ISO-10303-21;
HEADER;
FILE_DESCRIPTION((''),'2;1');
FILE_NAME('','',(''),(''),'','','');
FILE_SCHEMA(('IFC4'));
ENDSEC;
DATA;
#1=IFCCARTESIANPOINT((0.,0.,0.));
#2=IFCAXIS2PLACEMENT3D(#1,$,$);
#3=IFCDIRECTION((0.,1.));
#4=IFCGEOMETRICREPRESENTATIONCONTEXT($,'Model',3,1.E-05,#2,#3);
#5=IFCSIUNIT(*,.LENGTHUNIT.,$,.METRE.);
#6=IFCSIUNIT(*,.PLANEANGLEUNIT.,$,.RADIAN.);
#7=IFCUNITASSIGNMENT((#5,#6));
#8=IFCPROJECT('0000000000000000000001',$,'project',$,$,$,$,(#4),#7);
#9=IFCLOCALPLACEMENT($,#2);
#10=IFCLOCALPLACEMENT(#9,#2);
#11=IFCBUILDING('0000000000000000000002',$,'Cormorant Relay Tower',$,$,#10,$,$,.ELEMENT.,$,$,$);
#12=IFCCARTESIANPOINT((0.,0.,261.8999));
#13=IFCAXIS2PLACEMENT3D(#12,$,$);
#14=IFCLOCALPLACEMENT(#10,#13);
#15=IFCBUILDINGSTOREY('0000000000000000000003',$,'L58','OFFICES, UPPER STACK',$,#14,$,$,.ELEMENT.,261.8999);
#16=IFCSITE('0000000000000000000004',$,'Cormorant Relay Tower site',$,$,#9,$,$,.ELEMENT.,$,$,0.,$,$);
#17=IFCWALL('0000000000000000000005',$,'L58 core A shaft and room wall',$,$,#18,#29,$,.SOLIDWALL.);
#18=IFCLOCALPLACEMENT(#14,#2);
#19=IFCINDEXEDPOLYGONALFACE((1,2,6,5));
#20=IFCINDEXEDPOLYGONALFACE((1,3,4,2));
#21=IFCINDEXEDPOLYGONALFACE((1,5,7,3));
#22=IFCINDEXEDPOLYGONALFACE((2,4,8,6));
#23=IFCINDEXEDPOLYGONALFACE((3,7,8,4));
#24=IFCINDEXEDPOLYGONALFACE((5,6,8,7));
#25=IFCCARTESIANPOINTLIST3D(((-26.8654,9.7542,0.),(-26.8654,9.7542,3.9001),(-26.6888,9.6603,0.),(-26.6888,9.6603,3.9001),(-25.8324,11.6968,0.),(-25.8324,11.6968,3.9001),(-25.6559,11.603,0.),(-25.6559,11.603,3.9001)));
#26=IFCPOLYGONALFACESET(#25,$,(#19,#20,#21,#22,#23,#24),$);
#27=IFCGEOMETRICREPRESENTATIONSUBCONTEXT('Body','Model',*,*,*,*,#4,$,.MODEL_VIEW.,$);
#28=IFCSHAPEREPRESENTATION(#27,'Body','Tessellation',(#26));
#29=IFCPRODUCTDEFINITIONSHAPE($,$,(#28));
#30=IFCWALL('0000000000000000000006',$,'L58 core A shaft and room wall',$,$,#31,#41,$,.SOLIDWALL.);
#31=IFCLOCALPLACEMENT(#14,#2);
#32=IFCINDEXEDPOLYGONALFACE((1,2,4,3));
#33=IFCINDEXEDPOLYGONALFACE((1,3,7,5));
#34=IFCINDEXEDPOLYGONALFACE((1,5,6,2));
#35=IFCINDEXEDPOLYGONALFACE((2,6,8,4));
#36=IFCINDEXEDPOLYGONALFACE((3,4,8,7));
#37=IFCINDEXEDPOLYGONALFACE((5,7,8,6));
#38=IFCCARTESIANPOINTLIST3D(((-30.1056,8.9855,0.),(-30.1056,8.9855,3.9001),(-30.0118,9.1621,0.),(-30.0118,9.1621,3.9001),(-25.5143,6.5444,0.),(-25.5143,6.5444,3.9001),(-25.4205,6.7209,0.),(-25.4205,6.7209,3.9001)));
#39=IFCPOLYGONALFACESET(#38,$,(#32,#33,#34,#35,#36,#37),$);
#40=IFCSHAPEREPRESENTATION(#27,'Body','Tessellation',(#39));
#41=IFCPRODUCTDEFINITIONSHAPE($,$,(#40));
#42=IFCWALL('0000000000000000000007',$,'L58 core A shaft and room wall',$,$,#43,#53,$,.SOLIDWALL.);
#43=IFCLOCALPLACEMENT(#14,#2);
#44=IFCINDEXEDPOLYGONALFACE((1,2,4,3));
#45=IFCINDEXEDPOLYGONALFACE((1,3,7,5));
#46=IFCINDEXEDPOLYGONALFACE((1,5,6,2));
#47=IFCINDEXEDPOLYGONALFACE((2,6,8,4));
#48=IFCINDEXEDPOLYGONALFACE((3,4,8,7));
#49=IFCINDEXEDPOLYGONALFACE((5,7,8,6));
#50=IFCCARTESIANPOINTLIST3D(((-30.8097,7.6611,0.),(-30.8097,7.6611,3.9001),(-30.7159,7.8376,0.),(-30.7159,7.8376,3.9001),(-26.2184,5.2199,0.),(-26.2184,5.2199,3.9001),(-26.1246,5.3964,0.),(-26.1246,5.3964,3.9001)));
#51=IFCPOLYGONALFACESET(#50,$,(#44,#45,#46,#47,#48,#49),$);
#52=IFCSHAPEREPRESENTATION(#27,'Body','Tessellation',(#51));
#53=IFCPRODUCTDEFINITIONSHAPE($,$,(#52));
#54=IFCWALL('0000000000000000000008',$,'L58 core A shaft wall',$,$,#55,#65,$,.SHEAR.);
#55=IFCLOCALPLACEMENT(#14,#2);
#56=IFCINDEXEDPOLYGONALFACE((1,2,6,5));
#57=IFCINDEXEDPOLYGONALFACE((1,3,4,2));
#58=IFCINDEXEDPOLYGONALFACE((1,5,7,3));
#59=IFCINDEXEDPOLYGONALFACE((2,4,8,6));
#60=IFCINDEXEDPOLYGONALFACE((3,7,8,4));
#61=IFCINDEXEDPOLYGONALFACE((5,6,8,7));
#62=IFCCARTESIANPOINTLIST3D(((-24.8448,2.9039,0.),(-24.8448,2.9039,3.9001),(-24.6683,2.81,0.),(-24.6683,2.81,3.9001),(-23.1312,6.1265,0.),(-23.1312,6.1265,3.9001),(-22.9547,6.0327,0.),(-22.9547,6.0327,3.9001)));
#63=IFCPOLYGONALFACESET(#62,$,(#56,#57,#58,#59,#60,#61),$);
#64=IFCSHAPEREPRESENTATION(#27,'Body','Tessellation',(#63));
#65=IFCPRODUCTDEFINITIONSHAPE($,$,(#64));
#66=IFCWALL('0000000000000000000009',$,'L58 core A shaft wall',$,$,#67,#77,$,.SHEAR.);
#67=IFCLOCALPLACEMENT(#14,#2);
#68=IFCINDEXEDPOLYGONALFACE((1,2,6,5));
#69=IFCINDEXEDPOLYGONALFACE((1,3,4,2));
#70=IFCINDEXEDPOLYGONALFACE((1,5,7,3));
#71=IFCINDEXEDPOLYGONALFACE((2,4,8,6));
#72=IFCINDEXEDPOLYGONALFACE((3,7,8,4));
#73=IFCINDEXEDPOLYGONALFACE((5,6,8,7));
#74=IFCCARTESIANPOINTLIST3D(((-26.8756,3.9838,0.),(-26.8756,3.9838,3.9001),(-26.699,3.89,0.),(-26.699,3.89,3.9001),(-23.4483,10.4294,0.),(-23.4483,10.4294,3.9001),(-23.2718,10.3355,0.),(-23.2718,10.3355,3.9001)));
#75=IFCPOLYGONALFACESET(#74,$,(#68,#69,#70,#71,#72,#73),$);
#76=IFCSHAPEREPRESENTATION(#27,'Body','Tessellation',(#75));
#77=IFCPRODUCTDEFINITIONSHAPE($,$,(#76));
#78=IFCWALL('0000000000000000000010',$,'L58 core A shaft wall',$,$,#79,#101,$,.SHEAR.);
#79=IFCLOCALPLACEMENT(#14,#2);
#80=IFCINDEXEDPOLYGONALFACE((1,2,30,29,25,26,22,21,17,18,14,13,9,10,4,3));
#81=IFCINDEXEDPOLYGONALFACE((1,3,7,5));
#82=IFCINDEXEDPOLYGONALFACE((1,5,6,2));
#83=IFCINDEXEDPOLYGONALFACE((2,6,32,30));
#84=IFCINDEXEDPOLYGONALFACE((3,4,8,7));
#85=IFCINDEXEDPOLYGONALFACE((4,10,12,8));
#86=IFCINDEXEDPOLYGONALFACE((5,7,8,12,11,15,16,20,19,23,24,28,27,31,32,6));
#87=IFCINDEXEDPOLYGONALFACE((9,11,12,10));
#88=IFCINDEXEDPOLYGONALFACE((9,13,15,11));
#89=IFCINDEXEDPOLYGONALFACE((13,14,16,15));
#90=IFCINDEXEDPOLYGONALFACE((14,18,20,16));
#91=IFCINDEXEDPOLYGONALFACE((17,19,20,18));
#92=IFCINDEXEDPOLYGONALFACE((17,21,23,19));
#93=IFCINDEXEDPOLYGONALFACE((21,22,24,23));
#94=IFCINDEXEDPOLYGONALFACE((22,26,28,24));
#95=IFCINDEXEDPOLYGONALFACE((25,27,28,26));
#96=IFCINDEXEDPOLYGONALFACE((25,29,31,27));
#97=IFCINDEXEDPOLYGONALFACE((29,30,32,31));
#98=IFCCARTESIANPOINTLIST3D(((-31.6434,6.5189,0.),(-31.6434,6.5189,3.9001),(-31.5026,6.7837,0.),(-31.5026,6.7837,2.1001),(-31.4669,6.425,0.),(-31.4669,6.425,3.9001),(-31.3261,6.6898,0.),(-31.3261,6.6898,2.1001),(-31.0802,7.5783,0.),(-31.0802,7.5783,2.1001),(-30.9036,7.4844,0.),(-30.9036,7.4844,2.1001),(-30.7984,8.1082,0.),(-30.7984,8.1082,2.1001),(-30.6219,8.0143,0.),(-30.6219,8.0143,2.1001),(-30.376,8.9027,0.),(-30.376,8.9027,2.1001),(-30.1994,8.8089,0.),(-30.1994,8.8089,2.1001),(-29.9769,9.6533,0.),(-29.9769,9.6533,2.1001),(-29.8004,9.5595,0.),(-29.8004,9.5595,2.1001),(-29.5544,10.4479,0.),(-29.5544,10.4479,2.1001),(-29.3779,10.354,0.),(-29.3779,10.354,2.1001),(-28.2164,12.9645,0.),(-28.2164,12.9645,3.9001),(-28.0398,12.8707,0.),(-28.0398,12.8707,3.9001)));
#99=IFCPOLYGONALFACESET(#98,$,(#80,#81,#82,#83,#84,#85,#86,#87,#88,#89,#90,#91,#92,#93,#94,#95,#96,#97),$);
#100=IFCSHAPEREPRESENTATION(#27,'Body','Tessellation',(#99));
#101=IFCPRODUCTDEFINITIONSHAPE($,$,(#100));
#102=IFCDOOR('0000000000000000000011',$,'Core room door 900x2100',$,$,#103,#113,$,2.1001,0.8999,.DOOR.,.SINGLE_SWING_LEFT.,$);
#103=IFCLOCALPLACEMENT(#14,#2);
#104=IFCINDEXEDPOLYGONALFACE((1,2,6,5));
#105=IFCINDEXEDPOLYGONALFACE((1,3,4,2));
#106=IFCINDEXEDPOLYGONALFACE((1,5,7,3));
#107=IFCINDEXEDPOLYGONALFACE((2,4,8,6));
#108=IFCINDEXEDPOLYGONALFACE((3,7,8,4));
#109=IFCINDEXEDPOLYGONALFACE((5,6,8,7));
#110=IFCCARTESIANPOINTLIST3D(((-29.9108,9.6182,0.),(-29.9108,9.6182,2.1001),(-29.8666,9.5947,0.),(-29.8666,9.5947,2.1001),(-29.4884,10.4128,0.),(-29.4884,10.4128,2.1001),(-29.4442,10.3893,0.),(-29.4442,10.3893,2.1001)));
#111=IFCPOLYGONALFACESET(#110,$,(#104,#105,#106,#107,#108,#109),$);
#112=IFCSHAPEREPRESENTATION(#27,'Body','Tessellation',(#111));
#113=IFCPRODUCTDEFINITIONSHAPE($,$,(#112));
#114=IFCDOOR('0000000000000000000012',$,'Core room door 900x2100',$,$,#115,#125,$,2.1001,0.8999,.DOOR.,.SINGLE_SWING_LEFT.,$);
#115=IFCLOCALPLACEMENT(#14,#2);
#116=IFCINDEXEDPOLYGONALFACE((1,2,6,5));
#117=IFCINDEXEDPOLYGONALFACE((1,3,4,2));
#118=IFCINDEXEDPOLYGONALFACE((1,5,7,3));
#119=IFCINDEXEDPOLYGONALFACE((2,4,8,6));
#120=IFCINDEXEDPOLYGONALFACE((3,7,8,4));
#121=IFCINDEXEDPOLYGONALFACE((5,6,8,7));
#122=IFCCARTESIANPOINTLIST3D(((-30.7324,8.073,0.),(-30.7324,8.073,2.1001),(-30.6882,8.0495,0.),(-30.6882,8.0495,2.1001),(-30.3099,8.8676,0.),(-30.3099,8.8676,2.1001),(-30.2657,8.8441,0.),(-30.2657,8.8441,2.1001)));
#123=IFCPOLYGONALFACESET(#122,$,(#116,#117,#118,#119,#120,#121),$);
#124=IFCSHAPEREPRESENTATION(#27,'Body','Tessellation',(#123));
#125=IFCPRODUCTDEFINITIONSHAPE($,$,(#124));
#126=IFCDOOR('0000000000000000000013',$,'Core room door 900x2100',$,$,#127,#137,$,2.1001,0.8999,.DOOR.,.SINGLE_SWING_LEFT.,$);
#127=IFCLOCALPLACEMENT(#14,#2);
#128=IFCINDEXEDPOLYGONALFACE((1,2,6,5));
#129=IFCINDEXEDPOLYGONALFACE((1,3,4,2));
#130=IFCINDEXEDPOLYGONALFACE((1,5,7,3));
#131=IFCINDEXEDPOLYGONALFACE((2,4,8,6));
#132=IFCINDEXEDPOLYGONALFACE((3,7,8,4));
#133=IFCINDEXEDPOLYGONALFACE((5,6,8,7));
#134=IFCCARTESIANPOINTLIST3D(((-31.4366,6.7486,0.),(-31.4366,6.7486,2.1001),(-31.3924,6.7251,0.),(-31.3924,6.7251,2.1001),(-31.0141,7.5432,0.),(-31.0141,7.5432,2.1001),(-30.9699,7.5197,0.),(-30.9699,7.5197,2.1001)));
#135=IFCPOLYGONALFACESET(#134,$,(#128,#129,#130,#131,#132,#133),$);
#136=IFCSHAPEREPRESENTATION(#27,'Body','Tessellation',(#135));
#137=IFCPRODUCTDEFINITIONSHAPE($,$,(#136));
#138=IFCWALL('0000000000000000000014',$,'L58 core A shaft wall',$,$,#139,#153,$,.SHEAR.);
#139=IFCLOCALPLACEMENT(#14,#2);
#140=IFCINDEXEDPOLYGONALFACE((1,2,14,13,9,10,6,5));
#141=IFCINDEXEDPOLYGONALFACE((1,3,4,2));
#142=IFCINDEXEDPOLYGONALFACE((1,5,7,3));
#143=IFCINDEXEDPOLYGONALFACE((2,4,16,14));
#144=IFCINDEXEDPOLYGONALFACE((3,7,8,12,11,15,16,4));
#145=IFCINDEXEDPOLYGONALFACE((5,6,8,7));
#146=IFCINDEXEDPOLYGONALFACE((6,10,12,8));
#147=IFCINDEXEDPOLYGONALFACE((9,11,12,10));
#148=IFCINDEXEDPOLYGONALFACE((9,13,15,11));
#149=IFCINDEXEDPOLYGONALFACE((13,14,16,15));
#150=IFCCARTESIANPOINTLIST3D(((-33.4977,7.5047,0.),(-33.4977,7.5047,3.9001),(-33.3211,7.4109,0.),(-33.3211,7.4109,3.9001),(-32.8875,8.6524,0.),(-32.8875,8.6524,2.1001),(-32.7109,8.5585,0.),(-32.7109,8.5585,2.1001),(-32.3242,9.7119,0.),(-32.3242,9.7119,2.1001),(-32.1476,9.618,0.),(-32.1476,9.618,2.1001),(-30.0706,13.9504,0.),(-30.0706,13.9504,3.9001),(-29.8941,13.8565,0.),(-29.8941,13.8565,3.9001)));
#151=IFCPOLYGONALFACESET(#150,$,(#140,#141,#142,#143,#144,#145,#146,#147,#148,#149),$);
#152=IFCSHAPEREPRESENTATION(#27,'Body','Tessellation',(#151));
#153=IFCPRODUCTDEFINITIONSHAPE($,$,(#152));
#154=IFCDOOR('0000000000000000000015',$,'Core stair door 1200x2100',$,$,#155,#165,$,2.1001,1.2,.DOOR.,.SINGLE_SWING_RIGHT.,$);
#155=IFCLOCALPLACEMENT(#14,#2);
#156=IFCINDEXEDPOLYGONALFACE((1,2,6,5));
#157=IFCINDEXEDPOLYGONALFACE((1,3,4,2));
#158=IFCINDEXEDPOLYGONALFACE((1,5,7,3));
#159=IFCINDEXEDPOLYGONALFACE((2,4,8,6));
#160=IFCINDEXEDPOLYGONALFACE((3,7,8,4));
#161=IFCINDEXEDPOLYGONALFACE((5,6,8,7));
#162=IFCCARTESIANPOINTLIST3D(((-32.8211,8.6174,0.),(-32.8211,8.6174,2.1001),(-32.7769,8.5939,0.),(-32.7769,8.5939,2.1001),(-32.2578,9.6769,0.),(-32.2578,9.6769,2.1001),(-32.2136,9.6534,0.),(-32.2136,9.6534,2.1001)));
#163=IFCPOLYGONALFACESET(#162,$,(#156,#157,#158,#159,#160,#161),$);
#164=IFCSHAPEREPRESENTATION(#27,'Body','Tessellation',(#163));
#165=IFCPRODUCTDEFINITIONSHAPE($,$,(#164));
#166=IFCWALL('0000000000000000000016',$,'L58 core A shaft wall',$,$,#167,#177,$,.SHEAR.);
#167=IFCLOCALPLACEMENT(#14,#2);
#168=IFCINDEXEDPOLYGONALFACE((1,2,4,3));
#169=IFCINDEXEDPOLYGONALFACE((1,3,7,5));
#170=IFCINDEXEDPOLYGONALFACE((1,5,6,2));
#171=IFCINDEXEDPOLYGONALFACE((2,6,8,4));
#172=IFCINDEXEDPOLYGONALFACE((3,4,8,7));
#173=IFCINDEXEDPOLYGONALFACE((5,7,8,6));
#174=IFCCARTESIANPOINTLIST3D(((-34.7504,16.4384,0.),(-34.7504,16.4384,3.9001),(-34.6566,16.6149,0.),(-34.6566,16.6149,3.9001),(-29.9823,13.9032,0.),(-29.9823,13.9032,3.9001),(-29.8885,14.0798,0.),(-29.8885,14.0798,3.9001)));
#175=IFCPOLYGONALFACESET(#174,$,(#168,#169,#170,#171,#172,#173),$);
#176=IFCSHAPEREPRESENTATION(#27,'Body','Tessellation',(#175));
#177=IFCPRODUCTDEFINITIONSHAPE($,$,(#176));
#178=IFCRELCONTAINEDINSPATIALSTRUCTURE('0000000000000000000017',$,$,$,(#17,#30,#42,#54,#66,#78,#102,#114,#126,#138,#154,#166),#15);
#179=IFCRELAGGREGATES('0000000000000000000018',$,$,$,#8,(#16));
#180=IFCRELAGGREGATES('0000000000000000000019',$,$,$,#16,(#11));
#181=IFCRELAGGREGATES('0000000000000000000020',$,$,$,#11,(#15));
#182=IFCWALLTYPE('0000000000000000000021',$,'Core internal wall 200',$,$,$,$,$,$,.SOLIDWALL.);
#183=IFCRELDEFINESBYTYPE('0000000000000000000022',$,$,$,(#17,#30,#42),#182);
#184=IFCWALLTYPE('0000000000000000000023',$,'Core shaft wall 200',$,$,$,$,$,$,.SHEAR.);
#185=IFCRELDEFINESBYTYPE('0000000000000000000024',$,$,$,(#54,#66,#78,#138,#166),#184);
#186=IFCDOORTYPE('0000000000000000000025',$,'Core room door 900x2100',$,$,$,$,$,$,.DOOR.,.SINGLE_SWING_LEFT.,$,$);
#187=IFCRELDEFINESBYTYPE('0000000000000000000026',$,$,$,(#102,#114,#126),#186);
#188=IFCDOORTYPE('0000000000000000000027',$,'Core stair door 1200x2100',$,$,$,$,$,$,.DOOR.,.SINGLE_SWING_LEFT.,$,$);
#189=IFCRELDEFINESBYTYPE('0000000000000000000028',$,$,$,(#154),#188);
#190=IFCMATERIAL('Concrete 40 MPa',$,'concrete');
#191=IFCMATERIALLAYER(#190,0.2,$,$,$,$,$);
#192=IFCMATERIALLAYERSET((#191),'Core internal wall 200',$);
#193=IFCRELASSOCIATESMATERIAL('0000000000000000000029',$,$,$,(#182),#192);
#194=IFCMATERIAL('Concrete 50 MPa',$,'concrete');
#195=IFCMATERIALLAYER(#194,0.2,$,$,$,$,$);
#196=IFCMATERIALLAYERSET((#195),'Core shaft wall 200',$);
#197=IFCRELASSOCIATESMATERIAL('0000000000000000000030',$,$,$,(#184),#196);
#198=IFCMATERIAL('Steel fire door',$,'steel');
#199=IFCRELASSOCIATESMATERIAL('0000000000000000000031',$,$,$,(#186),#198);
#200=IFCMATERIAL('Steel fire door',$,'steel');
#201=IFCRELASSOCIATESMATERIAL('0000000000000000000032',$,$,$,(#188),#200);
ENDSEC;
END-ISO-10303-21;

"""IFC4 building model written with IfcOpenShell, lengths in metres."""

from ifc_helpers import new_model, si_unit, direction, frame, frame_2d, origin, place, context, subcontext, project, spatial, rectangle, extrude, material, layer, layer_set, type_object, element, fill, save


model = new_model("IFC4")

# Units and contexts
model_context = context("Model", 3, precision=1e-05, world=origin(), true_north=direction((0.0, 1.0)))
body_context = subcontext(model_context, "Body", "Model", "MODEL_VIEW")
ifc_project = project(units=[si_unit("LENGTHUNIT", "METRE"), si_unit("PLANEANGLEUNIT", "RADIAN")], contexts=[model_context])

# Site, building, storey
site_placement = place(None, origin())
site = spatial("IfcSite", under=ifc_project, at=site_placement, Name="Cormorant Relay Tower site", CompositionType="ELEMENT", RefElevation=0.0)
building_placement = place(site_placement, origin())
building = spatial("IfcBuilding", under=site, at=building_placement, Name="Cormorant Relay Tower", CompositionType="ELEMENT")
storey_placement = place(building_placement, frame((0.0, 0.0, 261.8999)))
storey = spatial("IfcBuildingStorey", under=building, at=storey_placement, Name="L58", Description="OFFICES, UPPER STACK", CompositionType="ELEMENT", Elevation=261.8999)

# Walls
ifc_material_1 = material(Name="Concrete 40 MPa", Category="concrete")
ifc_layer_1 = layer(ifc_material_1, 0.2)
ifc_layer_set_1 = layer_set([ifc_layer_1], Name="Core internal wall 200")
wall_type_1 = type_object("IfcWallType", Name="Core internal wall 200", PredefinedType="SOLIDWALL", material=ifc_layer_set_1)
wall_1_placement = place(storey_placement, frame((-25.7441, 11.6499, 0.0), z_axis=(0.0, 0.0, 1.0), x_axis=(-0.469488, -0.882939, 0.0)))
element("IfcWall", 1, at=wall_1_placement, inside=storey, type_object=wall_type_1, Name="L58 core A shaft and room wall", PredefinedType="SOLIDWALL", context=body_context, shape_type="SweptSolid", body=[
    extrude(rectangle(XDim=2.2002, YDim=0.2, at=frame_2d((1.1001, 0.0))), origin(), (0.0, 0.0, 1.0), 3.9001),
])
for number, where, z_axis, x_axis, name in (
    (2, (-25.4673, 6.6326, 0.0), (0.0, 0.0, 1.0), (-0.882954, 0.46946, 0.0), "L58 core A shaft and room wall"),
    (3, (-26.1714, 5.3081, 0.0), (0.0, 0.0, 1.0), (-0.882954, 0.46946, 0.0), "L58 core A shaft and room wall"),
):
    element("IfcWall", number, at=place(storey_placement, frame(where, z_axis=z_axis, x_axis=x_axis)), inside=storey, type_object=wall_type_1, Name=name, PredefinedType="SOLIDWALL", context=body_context, shape_type="SweptSolid", body=[
        extrude(rectangle(XDim=5.2, YDim=0.2, at=frame_2d((2.6001, 0.0))), origin(), (0.0, 0.0, 1.0), 3.9001),
    ])
ifc_material_2 = material(Name="Concrete 50 MPa", Category="concrete")
ifc_layer_2 = layer(ifc_material_2, 0.2)
ifc_layer_set_2 = layer_set([ifc_layer_2], Name="Core shaft wall 200")
wall_type_2 = type_object("IfcWallType", Name="Core shaft wall 200", PredefinedType="SHEAR", material=ifc_layer_set_2)
wall_2_placement = place(storey_placement, frame((-23.043, 6.0796, 0.0), z_axis=(0.0, 0.0, 1.0), x_axis=(-0.469494, -0.882936, 0.0)))
element("IfcWall", 4, at=wall_2_placement, inside=storey, type_object=wall_type_2, Name="L58 core A shaft wall", PredefinedType="SHEAR", context=body_context, shape_type="SweptSolid", body=[
    extrude(rectangle(XDim=3.6499, YDim=0.2, at=frame_2d((1.825, 0.0))), origin(), (0.0, 0.0, 1.0), 3.9001),
])
wall_3_placement = place(storey_placement, frame((-23.3601, 10.3823, 0.0), z_axis=(0.0, 0.0, 1.0), x_axis=(-0.46948, -0.882943, 0.0)))
element("IfcWall", 5, at=wall_3_placement, inside=storey, type_object=wall_type_2, Name="L58 core A shaft wall", PredefinedType="SHEAR", context=body_context, shape_type="SweptSolid", body=[
    extrude(rectangle(XDim=7.3, YDim=0.2, at=frame_2d((3.6499, 0.0))), origin(), (0.0, 0.0, 1.0), 3.9001),
])

# Wall, openings, doors
wall_4_placement = place(storey_placement, frame((-28.1282, 12.9175, 0.0), z_axis=(0.0, 0.0, 1.0), x_axis=(-0.469454, -0.882957, 0.0)))
wall_4 = element("IfcWall", 6, at=wall_4_placement, inside=storey, type_object=wall_type_2, Name="L58 core A shaft wall", PredefinedType="SHEAR", context=body_context, shape_type="SweptSolid", body=[
    extrude(rectangle(XDim=7.3, YDim=0.2, at=frame_2d((3.6499, 0.0))), origin(), (0.0, 0.0, 1.0), 3.9001),
])
opening_1_placement = place(wall_4_placement, frame((2.8501, 0.0, 0.0)))
opening_1 = element("IfcOpeningElement", 7, at=opening_1_placement, cuts=wall_4, PredefinedType="OPENING", context=body_context, shape_type="SweptSolid", body=[
    extrude(rectangle(XDim=0.8999, YDim=2.1001, at=frame_2d((0.45, 1.05))), frame((0.0, 0.1099, 0.0), z_axis=(0.0, -1.0, 0.0), x_axis=(1.0, 0.0, 0.0)), (0.0, 0.0, 1.0), 0.22),
])
opening_2_placement = place(wall_4_placement, frame((4.6001, 0.0, 0.0)))
opening_2 = element("IfcOpeningElement", 8, at=opening_2_placement, cuts=wall_4, PredefinedType="OPENING", context=body_context, shape_type="SweptSolid", body=[
    extrude(rectangle(XDim=0.8999, YDim=2.1001, at=frame_2d((0.45, 1.05))), frame((0.0, 0.1099, 0.0), z_axis=(0.0, -1.0, 0.0), x_axis=(1.0, 0.0, 0.0)), (0.0, 0.0, 1.0), 0.22),
])
opening_3_placement = place(wall_4_placement, frame((6.1001, 0.0, 0.0)))
opening_3 = element("IfcOpeningElement", 9, at=opening_3_placement, cuts=wall_4, PredefinedType="OPENING", context=body_context, shape_type="SweptSolid", body=[
    extrude(rectangle(XDim=0.8999, YDim=2.1001, at=frame_2d((0.45, 1.05))), frame((0.0, 0.1099, 0.0), z_axis=(0.0, -1.0, 0.0), x_axis=(1.0, 0.0, 0.0)), (0.0, 0.0, 1.0), 0.22),
])
ifc_material_3 = material(Name="Steel fire door", Category="steel")
door_type_1 = type_object("IfcDoorType", Name="Core room door 900x2100", OperationType="SINGLE_SWING_LEFT", PredefinedType="DOOR", material=ifc_material_3)
door_1_placement = place(opening_1_placement, origin())
door_1 = element("IfcDoor", 10, at=door_1_placement, inside=storey, type_object=door_type_1, Name="Core room door 900x2100", OperationType="SINGLE_SWING_LEFT", OverallHeight=2.1001, OverallWidth=0.8999, PredefinedType="DOOR", context=body_context, shape_type="SweptSolid", body=[
    extrude(rectangle(XDim=0.8999, YDim=2.1001, at=frame_2d((0.45, 1.05))), frame((0.0, 0.0249, 0.0), z_axis=(0.0, -1.0, 0.0), x_axis=(1.0, 0.0, 0.0)), (0.0, 0.0, 1.0), 0.05),
])
fill(opening_1, door_1)
door_2_placement = place(opening_2_placement, origin())
door_2 = element("IfcDoor", 11, at=door_2_placement, inside=storey, type_object=door_type_1, Name="Core room door 900x2100", OperationType="SINGLE_SWING_LEFT", OverallHeight=2.1001, OverallWidth=0.8999, PredefinedType="DOOR", context=body_context, shape_type="SweptSolid", body=[
    extrude(rectangle(XDim=0.8999, YDim=2.1001, at=frame_2d((0.45, 1.05))), frame((0.0, 0.0249, 0.0), z_axis=(0.0, -1.0, 0.0), x_axis=(1.0, 0.0, 0.0)), (0.0, 0.0, 1.0), 0.05),
])
fill(opening_2, door_2)
door_3_placement = place(opening_3_placement, origin())
door_3 = element("IfcDoor", 12, at=door_3_placement, inside=storey, type_object=door_type_1, Name="Core room door 900x2100", OperationType="SINGLE_SWING_LEFT", OverallHeight=2.1001, OverallWidth=0.8999, PredefinedType="DOOR", context=body_context, shape_type="SweptSolid", body=[
    extrude(rectangle(XDim=0.8999, YDim=2.1001, at=frame_2d((0.45, 1.05))), frame((0.0, 0.0249, 0.0), z_axis=(0.0, -1.0, 0.0), x_axis=(1.0, 0.0, 0.0)), (0.0, 0.0, 1.0), 0.05),
])
fill(opening_3, door_3)

# Wall, opening, door
wall_5_placement = place(storey_placement, frame((-29.9824, 13.9033, 0.0), z_axis=(0.0, 0.0, 1.0), x_axis=(-0.469454, -0.882957, 0.0)))
wall_5 = element("IfcWall", 13, at=wall_5_placement, inside=storey, type_object=wall_type_2, Name="L58 core A shaft wall", PredefinedType="SHEAR", context=body_context, shape_type="SweptSolid", body=[
    extrude(rectangle(XDim=7.3, YDim=0.2, at=frame_2d((3.6499, 0.0))), origin(), (0.0, 0.0, 1.0), 3.9001),
])
opening_4_placement = place(wall_5_placement, frame((4.8, 0.0, 0.0)))
opening_4 = element("IfcOpeningElement", 14, at=opening_4_placement, cuts=wall_5, PredefinedType="OPENING", context=body_context, shape_type="SweptSolid", body=[
    extrude(rectangle(XDim=1.2, YDim=2.1001, at=frame_2d((0.6001, 1.05))), frame((0.0, 0.1099, 0.0), z_axis=(0.0, -1.0, 0.0), x_axis=(1.0, 0.0, 0.0)), (0.0, 0.0, 1.0), 0.22),
])
ifc_material_4 = material(Name="Steel fire door", Category="steel")
door_type_2 = type_object("IfcDoorType", Name="Core stair door 1200x2100", OperationType="SINGLE_SWING_LEFT", PredefinedType="DOOR", material=ifc_material_4)
door_4_placement = place(opening_4_placement, frame((1.2, 0.0, 0.0), z_axis=(0.0, 0.0, 1.0), x_axis=(-1.0, 0.0, 0.0)))
door_4 = element("IfcDoor", 15, at=door_4_placement, inside=storey, type_object=door_type_2, Name="Core stair door 1200x2100", OperationType="SINGLE_SWING_RIGHT", OverallHeight=2.1001, OverallWidth=1.2, PredefinedType="DOOR", context=body_context, shape_type="SweptSolid", body=[
    extrude(rectangle(XDim=1.2, YDim=2.1001, at=frame_2d((0.6001, 1.05))), frame((0.0, 0.0249, 0.0), z_axis=(0.0, -1.0, 0.0), x_axis=(1.0, 0.0, 0.0)), (0.0, 0.0, 1.0), 0.05),
])
fill(opening_4, door_4)

# Wall
wall_6_placement = place(storey_placement, frame((-29.9353, 13.9915, 0.0), z_axis=(0.0, 0.0, 1.0), x_axis=(-0.882953, 0.469462, 0.0)))
element("IfcWall", 16, at=wall_6_placement, inside=storey, type_object=wall_type_2, Name="L58 core A shaft wall", PredefinedType="SHEAR", context=body_context, shape_type="SweptSolid", body=[
    extrude(rectangle(XDim=5.4001, YDim=0.2, at=frame_2d((2.7002, 0.0))), origin(), (0.0, 0.0, 1.0), 3.9001),
])

save(model, "model.ifc")
